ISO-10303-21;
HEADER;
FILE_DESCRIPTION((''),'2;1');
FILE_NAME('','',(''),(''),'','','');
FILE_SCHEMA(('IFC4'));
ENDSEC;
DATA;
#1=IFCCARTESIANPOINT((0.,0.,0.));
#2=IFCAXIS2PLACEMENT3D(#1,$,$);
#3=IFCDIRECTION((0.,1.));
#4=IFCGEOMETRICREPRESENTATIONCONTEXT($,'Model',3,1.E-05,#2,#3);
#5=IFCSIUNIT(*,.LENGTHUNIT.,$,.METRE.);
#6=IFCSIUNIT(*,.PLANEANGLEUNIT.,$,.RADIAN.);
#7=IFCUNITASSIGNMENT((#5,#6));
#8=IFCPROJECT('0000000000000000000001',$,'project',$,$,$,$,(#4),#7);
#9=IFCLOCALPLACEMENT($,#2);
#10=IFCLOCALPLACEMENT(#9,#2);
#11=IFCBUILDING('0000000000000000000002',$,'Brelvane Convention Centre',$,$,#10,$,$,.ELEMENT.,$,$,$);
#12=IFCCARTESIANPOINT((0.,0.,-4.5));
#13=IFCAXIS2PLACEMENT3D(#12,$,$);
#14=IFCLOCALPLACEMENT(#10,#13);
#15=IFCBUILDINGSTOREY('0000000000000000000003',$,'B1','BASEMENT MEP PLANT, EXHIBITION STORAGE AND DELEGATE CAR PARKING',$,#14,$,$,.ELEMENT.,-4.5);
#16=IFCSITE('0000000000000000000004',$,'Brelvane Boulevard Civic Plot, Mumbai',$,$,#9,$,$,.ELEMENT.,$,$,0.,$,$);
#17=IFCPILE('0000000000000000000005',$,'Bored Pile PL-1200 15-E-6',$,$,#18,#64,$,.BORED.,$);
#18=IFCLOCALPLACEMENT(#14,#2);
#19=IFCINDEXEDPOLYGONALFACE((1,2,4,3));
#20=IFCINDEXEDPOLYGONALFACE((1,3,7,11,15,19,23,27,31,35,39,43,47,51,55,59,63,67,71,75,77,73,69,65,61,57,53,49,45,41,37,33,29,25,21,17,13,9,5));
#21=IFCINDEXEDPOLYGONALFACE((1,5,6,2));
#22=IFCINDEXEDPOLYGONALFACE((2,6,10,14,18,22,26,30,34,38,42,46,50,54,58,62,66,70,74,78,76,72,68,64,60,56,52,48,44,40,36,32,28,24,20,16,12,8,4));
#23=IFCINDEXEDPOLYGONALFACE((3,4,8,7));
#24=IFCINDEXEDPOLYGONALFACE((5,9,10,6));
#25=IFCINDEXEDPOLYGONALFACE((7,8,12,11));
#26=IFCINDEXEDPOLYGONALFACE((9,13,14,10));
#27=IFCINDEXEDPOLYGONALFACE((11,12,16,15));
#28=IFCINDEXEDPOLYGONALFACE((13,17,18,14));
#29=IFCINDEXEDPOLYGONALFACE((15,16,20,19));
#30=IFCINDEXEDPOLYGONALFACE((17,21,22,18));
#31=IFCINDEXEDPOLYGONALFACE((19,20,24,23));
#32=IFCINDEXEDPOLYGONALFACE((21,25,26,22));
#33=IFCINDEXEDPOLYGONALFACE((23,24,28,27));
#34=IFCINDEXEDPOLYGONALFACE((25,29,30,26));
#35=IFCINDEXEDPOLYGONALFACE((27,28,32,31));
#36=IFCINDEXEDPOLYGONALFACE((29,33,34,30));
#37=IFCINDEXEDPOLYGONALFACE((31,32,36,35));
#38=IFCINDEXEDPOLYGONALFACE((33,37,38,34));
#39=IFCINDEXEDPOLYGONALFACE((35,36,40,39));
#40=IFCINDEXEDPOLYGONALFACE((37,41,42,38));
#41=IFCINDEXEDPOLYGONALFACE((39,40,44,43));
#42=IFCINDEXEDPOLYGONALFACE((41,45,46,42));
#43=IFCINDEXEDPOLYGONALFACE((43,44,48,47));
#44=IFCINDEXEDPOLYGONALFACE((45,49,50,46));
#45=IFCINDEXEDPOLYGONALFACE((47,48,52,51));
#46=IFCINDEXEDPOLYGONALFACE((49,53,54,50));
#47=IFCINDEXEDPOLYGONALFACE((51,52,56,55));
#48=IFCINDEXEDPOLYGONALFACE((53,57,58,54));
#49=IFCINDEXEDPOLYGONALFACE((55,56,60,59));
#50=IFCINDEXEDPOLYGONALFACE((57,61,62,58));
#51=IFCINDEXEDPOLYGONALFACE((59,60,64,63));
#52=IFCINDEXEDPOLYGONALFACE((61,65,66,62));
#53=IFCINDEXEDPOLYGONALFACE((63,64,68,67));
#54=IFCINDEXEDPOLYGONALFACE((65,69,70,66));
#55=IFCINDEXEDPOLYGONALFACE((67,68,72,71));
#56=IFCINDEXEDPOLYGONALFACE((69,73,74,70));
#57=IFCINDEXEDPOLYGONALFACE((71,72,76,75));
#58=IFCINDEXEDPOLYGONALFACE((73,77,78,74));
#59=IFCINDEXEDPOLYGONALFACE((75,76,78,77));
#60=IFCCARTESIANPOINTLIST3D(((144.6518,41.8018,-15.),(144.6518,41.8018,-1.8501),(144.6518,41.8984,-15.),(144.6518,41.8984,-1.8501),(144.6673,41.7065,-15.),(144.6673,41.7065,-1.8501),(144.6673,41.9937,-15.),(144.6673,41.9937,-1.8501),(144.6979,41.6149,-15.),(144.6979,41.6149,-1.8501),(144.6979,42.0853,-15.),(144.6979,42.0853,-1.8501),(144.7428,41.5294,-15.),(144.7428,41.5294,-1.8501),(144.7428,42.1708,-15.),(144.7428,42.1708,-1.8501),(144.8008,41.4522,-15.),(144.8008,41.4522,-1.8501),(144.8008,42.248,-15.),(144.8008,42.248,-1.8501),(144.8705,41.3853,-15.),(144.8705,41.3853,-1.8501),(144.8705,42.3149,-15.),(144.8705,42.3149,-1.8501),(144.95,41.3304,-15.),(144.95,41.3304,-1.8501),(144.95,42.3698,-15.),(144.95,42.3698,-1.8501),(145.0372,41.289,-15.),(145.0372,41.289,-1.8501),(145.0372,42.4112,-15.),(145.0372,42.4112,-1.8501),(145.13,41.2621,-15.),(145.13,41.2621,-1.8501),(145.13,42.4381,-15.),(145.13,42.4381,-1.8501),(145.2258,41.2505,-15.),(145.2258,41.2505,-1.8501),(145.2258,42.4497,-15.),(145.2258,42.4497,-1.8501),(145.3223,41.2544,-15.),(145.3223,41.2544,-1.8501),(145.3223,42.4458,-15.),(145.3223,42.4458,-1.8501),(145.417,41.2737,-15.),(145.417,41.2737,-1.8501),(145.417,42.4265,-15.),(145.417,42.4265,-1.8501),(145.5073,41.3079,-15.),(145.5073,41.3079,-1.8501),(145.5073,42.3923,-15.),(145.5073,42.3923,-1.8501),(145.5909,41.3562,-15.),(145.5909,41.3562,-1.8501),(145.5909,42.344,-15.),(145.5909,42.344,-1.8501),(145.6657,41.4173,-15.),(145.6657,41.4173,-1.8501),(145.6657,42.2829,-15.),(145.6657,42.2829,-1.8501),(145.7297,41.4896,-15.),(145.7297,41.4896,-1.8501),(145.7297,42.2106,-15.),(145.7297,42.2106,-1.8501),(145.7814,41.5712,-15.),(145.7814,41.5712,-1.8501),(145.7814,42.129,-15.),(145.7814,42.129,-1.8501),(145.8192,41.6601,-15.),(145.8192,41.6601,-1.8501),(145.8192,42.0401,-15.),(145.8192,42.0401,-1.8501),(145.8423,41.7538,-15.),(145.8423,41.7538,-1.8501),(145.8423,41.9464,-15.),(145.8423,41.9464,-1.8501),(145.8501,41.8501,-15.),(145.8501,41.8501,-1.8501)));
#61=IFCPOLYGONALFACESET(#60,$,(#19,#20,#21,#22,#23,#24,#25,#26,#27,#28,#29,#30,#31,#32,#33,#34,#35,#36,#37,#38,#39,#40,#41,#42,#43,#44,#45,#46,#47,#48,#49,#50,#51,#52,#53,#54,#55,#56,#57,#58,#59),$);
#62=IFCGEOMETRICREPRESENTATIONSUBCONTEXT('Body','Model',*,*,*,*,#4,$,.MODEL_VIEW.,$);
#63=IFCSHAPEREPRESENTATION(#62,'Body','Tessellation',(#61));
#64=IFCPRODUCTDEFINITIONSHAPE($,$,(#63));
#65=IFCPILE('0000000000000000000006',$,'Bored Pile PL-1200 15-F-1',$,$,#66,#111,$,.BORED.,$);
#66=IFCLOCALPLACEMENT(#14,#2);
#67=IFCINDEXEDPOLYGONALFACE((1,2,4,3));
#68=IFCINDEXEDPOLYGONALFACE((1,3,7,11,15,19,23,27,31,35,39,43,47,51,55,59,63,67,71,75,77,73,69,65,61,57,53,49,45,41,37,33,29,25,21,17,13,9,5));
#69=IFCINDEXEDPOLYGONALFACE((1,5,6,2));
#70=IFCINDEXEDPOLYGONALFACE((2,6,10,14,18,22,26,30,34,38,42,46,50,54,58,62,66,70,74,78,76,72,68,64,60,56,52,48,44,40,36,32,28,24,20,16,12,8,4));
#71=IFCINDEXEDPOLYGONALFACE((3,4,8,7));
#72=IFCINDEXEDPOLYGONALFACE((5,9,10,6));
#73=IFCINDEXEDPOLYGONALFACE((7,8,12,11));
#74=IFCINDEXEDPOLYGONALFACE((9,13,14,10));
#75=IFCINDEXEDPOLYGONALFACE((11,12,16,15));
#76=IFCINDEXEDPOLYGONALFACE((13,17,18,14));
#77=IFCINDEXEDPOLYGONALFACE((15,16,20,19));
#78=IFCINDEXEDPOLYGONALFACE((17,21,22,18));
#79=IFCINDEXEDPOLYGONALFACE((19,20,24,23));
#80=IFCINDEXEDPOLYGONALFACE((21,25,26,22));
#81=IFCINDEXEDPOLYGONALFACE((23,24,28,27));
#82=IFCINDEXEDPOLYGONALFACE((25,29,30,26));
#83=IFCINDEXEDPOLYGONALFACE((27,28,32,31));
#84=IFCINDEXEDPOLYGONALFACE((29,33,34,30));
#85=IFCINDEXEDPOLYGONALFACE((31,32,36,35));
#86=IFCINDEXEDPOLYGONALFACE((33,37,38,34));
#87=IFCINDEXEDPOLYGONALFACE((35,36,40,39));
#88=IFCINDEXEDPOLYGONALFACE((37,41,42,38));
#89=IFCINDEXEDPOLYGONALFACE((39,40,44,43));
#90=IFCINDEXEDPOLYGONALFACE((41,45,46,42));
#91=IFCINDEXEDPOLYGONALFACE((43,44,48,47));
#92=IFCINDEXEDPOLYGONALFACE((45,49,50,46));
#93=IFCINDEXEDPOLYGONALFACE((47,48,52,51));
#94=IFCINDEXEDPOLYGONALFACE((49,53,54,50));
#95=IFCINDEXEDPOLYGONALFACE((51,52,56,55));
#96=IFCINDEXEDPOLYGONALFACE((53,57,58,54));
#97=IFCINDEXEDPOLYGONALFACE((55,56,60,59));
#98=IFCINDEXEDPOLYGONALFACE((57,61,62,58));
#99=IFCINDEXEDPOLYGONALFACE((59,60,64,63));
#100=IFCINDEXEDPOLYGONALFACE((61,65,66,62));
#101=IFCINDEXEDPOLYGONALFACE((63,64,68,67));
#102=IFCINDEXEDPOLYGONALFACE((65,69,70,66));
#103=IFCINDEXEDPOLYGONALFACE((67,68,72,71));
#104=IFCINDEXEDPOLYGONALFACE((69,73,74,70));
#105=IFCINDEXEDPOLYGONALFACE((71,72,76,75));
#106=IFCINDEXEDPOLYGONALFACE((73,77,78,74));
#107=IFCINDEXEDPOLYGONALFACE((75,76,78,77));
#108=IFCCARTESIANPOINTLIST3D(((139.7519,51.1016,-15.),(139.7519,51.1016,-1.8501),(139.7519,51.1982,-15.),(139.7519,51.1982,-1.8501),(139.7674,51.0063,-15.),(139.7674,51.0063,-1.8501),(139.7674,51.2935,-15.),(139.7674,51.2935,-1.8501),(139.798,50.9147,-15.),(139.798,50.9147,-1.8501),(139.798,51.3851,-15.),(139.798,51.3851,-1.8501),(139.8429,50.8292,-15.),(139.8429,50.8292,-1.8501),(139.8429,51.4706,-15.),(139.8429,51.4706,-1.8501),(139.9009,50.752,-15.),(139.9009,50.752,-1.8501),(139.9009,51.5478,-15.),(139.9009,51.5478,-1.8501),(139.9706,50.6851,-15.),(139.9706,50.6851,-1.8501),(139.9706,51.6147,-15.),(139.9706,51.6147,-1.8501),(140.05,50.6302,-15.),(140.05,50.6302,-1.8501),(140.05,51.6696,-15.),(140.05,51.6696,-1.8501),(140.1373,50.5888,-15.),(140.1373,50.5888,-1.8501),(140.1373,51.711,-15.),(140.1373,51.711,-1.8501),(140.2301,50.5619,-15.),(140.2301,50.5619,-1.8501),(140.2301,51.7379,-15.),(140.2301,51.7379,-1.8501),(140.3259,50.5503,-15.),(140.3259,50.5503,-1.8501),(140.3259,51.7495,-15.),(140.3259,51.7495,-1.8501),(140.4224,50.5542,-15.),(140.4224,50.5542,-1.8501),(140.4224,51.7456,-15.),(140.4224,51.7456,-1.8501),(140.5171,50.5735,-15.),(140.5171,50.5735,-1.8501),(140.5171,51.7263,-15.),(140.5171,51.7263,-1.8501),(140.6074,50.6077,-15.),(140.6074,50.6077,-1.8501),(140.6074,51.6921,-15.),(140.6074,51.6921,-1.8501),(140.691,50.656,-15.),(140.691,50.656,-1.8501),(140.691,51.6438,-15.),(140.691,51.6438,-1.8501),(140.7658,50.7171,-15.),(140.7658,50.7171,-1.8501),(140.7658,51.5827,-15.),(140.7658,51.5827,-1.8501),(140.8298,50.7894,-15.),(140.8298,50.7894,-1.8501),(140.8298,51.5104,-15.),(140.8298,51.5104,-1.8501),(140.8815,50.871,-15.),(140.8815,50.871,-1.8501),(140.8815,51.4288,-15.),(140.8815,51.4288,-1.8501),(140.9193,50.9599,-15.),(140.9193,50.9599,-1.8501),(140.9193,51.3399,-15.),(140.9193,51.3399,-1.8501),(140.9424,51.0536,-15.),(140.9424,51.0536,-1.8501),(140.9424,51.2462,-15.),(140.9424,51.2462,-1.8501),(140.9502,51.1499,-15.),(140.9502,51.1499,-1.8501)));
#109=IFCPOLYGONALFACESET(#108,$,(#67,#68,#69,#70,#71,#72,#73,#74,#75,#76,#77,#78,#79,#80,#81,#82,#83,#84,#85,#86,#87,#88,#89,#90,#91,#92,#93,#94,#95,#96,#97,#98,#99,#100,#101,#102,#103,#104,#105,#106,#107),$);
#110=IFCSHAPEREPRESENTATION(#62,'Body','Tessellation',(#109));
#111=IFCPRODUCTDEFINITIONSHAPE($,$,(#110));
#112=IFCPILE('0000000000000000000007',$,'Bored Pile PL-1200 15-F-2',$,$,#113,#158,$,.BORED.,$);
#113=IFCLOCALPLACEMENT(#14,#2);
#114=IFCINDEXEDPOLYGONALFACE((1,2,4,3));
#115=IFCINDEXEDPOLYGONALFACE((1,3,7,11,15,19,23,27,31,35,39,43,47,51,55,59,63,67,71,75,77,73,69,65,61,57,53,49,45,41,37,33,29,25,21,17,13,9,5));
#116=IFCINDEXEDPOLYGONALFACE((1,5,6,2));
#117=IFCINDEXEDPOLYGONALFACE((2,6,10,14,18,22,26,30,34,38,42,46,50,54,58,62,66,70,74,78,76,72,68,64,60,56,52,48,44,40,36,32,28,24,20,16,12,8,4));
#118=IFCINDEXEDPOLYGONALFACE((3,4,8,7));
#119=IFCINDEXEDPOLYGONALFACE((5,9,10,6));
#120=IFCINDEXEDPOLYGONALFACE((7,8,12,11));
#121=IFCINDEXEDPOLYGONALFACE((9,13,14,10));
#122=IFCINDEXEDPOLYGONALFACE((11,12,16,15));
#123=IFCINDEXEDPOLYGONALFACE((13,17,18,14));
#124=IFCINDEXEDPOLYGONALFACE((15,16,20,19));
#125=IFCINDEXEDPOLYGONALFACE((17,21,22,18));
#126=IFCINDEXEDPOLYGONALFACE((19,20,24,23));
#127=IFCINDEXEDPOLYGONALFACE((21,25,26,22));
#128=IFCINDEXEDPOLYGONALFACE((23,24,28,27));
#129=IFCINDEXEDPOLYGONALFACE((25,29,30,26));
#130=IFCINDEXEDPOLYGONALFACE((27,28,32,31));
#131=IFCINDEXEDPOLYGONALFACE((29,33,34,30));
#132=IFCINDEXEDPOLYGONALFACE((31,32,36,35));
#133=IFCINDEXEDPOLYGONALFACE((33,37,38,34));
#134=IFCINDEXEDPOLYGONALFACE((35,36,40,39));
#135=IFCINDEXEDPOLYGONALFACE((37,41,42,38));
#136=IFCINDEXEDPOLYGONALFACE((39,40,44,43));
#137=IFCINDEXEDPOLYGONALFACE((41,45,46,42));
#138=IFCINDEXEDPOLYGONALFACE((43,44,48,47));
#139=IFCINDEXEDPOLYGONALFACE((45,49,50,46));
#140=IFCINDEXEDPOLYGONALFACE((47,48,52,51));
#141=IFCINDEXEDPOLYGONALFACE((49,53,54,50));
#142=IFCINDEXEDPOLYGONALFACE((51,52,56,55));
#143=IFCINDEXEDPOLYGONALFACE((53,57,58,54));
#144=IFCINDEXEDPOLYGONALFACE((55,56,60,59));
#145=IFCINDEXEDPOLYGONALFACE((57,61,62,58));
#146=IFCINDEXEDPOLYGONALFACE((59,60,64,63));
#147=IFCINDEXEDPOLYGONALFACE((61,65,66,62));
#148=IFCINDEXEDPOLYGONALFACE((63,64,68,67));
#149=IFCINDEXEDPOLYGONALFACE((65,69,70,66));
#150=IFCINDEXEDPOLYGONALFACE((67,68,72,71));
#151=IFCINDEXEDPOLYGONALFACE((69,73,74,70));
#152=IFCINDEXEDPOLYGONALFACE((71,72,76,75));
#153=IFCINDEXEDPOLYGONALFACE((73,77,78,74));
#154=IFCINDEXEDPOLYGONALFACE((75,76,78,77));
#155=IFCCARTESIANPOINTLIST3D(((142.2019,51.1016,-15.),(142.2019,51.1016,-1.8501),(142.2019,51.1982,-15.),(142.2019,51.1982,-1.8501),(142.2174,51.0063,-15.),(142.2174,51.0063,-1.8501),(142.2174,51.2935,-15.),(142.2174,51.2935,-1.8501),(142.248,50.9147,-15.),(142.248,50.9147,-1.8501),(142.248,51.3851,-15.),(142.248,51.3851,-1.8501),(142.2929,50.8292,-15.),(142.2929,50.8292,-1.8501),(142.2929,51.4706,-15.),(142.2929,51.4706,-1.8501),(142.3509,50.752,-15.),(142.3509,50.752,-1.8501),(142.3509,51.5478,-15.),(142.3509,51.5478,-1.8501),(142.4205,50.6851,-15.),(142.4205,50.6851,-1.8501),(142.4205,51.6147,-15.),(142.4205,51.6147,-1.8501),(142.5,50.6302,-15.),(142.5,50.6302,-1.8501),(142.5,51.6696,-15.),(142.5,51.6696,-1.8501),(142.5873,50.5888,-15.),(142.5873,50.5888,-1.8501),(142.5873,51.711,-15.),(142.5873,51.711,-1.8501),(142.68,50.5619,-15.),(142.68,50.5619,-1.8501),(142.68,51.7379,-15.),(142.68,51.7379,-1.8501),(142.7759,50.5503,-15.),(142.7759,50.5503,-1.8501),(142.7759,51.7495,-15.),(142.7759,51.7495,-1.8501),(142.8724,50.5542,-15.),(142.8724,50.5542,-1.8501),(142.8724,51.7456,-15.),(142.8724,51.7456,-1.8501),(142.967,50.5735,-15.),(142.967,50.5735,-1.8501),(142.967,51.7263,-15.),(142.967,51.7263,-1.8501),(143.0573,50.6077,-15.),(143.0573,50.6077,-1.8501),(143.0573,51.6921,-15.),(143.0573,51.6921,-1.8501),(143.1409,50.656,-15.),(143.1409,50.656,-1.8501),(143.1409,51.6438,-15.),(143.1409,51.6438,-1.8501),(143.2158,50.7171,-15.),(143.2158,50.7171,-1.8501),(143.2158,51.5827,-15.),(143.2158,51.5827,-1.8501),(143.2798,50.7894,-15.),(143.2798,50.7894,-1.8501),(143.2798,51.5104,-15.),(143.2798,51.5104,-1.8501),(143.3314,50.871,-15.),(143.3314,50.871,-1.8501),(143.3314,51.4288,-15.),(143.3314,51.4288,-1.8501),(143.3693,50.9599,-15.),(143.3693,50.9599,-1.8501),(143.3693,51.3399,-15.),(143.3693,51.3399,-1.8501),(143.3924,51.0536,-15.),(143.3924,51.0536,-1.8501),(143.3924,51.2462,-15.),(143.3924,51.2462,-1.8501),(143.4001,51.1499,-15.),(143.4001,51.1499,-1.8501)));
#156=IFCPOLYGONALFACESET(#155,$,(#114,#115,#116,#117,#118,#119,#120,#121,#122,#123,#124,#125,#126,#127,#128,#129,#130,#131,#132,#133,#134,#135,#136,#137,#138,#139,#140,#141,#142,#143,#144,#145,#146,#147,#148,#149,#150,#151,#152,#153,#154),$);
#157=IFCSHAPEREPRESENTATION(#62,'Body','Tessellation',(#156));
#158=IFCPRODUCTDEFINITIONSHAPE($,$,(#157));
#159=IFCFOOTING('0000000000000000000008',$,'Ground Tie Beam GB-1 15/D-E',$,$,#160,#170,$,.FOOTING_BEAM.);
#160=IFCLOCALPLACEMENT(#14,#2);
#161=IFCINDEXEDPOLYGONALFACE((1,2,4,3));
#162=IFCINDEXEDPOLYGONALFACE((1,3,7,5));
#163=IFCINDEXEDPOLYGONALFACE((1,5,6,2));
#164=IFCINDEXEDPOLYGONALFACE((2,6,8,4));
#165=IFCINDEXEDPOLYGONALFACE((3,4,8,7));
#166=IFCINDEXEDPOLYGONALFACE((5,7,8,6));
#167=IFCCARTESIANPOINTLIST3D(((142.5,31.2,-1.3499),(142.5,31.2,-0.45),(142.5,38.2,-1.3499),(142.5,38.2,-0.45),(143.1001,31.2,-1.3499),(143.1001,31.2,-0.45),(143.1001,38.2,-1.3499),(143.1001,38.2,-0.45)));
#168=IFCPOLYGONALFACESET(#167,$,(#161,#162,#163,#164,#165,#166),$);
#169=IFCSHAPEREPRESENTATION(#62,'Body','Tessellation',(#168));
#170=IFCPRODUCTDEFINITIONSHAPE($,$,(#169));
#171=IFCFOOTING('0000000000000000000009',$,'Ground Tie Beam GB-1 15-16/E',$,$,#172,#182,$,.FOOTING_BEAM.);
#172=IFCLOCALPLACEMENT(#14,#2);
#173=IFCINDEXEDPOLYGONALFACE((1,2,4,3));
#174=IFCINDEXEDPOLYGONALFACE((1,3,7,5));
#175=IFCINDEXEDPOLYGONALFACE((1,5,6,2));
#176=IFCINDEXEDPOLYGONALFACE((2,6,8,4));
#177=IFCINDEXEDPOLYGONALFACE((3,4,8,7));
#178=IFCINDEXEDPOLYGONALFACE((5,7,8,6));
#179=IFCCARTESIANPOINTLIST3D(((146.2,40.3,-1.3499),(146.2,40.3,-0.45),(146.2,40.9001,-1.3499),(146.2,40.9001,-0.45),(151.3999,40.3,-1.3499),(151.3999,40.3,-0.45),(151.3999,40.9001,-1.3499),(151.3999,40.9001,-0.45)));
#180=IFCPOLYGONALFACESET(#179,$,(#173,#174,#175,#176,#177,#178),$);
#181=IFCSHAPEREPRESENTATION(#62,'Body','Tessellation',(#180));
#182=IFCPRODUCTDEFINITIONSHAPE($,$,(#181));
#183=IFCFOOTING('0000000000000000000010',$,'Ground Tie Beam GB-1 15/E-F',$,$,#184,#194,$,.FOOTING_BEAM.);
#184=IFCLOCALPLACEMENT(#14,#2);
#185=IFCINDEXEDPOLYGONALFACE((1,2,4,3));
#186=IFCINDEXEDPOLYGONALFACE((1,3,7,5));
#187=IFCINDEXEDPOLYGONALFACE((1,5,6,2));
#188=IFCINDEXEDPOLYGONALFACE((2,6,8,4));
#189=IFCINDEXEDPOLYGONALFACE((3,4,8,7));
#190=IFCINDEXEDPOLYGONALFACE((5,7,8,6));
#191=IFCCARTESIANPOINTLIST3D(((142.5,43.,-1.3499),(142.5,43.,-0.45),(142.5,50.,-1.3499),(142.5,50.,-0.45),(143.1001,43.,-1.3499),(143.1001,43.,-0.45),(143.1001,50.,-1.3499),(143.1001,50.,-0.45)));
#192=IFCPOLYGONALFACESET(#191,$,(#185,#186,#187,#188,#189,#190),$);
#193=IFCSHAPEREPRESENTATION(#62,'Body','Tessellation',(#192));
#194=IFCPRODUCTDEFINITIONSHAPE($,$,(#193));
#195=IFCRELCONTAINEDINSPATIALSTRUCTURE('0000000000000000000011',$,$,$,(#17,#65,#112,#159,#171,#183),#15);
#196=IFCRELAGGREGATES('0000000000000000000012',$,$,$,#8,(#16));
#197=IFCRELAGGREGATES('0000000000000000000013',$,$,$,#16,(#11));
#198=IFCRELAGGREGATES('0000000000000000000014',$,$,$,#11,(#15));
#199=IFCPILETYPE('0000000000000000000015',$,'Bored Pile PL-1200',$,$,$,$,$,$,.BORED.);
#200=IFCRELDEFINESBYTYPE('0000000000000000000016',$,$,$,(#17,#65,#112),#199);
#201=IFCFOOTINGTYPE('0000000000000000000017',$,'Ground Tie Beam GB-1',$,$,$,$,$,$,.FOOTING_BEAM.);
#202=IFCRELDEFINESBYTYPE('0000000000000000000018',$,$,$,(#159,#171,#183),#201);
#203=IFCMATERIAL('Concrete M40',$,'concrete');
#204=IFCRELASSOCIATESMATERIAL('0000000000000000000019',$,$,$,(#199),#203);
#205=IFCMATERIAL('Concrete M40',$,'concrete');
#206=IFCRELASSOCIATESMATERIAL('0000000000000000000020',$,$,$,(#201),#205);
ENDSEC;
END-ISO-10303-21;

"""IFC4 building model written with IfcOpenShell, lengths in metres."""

from ifc_helpers import new_model, si_unit, direction, frame, origin, origin_2d, place, context, subcontext, project, spatial, rectangle, circle, extrude, material, material_profile, profile_set, type_object, element, save


model = new_model("IFC4")

# Units and contexts
model_context = context("Model", 3, precision=1e-05, world=origin(), true_north=direction((0.0, 1.0)))
body_context = subcontext(model_context, "Body", "Model", "MODEL_VIEW")
ifc_project = project(units=[si_unit("LENGTHUNIT", "METRE"), si_unit("PLANEANGLEUNIT", "RADIAN")], contexts=[model_context])

# Site, building, storey
site_placement = place(None, origin())
site = spatial("IfcSite", under=ifc_project, at=site_placement, Name="Brelvane Boulevard Civic Plot, Mumbai", CompositionType="ELEMENT", RefElevation=0.0)
building_placement = place(site_placement, origin())
building = spatial("IfcBuilding", under=site, at=building_placement, Name="Brelvane Convention Centre", CompositionType="ELEMENT")
storey_placement = place(building_placement, frame((0.0, 0.0, -4.5)))
storey = spatial("IfcBuildingStorey", under=building, at=storey_placement, Name="B1", Description="BASEMENT MEP PLANT, EXHIBITION STORAGE AND DELEGATE CAR PARKING", CompositionType="ELEMENT", Elevation=-4.5)

# Piles
ifc_material_1 = material(Name="Concrete M40", Category="concrete")
ifc_material_profile_1 = material_profile(ifc_material_1, circle(Radius=0.6001, at=origin_2d()), Name="PILE D1200")
ifc_profile_set_1 = profile_set([ifc_material_profile_1], Name="Concrete M40")
pile_type = type_object("IfcPileType", Name="Bored Pile PL-1200", PredefinedType="BORED", material=ifc_profile_set_1)
for number, where, z_axis, x_axis, name in (
    (1, (145.25, 41.8501, -1.8501), (0.0, 0.0, -1.0), (1.0, 0.0, 0.0), "Bored Pile PL-1200 15-E-6"),
    (2, (140.3501, 51.1499, -1.8501), (0.0, 0.0, -1.0), (1.0, 0.0, 0.0), "Bored Pile PL-1200 15-F-1"),
    (3, (142.8, 51.1499, -1.8501), (0.0, 0.0, -1.0), (1.0, 0.0, 0.0), "Bored Pile PL-1200 15-F-2"),
):
    element("IfcPile", number, at=place(storey_placement, frame(where, z_axis=z_axis, x_axis=x_axis)), inside=storey, type_object=pile_type, Name=name, PredefinedType="BORED", context=body_context, shape_type="SweptSolid", body=[
        extrude(circle(Radius=0.6001, at=origin_2d()), origin(), (0.0, 0.0, 1.0), 13.1499),
    ])

# Footings
ifc_material_2 = material(Name="Concrete M40", Category="concrete")
ifc_material_profile_2 = material_profile(ifc_material_2, rectangle(XDim=0.6001, YDim=0.8999, at=origin_2d()), Name="RC 600x900")
ifc_profile_set_2 = profile_set([ifc_material_profile_2], Name="Concrete M40")
footing_type_1 = type_object("IfcFootingType", Name="Ground Tie Beam GB-1", PredefinedType="FOOTING_BEAM", material=ifc_profile_set_2)
footing_1_placement = place(storey_placement, frame((142.8, 31.2, -0.8999), z_axis=(0.0, 1.0, 0.0), x_axis=(-1.0, 0.0, 0.0)))
element("IfcFooting", 4, at=footing_1_placement, inside=storey, type_object=footing_type_1, Name="Ground Tie Beam GB-1 15/D-E", PredefinedType="FOOTING_BEAM", context=body_context, shape_type="SweptSolid", body=[
    extrude(rectangle(XDim=0.6001, YDim=0.8999, at=origin_2d()), origin(), (0.0, 0.0, 1.0), 7.0),
])
footing_2_placement = place(storey_placement, frame((146.2, 40.6001, -0.8999), z_axis=(1.0, 0.0, 0.0), x_axis=(0.0, 1.0, 0.0)))
element("IfcFooting", 5, at=footing_2_placement, inside=storey, type_object=footing_type_1, Name="Ground Tie Beam GB-1 15-16/E", PredefinedType="FOOTING_BEAM", context=body_context, shape_type="SweptSolid", body=[
    extrude(rectangle(XDim=0.6001, YDim=0.8999, at=origin_2d()), origin(), (0.0, 0.0, 1.0), 5.2),
])
footing_3_placement = place(storey_placement, frame((142.8, 43.0, -0.8999), z_axis=(0.0, 1.0, 0.0), x_axis=(-1.0, 0.0, 0.0)))
element("IfcFooting", 6, at=footing_3_placement, inside=storey, type_object=footing_type_1, Name="Ground Tie Beam GB-1 15/E-F", PredefinedType="FOOTING_BEAM", context=body_context, shape_type="SweptSolid", body=[
    extrude(rectangle(XDim=0.6001, YDim=0.8999, at=origin_2d()), origin(), (0.0, 0.0, 1.0), 7.0),
])

save(model, "model.ifc")
